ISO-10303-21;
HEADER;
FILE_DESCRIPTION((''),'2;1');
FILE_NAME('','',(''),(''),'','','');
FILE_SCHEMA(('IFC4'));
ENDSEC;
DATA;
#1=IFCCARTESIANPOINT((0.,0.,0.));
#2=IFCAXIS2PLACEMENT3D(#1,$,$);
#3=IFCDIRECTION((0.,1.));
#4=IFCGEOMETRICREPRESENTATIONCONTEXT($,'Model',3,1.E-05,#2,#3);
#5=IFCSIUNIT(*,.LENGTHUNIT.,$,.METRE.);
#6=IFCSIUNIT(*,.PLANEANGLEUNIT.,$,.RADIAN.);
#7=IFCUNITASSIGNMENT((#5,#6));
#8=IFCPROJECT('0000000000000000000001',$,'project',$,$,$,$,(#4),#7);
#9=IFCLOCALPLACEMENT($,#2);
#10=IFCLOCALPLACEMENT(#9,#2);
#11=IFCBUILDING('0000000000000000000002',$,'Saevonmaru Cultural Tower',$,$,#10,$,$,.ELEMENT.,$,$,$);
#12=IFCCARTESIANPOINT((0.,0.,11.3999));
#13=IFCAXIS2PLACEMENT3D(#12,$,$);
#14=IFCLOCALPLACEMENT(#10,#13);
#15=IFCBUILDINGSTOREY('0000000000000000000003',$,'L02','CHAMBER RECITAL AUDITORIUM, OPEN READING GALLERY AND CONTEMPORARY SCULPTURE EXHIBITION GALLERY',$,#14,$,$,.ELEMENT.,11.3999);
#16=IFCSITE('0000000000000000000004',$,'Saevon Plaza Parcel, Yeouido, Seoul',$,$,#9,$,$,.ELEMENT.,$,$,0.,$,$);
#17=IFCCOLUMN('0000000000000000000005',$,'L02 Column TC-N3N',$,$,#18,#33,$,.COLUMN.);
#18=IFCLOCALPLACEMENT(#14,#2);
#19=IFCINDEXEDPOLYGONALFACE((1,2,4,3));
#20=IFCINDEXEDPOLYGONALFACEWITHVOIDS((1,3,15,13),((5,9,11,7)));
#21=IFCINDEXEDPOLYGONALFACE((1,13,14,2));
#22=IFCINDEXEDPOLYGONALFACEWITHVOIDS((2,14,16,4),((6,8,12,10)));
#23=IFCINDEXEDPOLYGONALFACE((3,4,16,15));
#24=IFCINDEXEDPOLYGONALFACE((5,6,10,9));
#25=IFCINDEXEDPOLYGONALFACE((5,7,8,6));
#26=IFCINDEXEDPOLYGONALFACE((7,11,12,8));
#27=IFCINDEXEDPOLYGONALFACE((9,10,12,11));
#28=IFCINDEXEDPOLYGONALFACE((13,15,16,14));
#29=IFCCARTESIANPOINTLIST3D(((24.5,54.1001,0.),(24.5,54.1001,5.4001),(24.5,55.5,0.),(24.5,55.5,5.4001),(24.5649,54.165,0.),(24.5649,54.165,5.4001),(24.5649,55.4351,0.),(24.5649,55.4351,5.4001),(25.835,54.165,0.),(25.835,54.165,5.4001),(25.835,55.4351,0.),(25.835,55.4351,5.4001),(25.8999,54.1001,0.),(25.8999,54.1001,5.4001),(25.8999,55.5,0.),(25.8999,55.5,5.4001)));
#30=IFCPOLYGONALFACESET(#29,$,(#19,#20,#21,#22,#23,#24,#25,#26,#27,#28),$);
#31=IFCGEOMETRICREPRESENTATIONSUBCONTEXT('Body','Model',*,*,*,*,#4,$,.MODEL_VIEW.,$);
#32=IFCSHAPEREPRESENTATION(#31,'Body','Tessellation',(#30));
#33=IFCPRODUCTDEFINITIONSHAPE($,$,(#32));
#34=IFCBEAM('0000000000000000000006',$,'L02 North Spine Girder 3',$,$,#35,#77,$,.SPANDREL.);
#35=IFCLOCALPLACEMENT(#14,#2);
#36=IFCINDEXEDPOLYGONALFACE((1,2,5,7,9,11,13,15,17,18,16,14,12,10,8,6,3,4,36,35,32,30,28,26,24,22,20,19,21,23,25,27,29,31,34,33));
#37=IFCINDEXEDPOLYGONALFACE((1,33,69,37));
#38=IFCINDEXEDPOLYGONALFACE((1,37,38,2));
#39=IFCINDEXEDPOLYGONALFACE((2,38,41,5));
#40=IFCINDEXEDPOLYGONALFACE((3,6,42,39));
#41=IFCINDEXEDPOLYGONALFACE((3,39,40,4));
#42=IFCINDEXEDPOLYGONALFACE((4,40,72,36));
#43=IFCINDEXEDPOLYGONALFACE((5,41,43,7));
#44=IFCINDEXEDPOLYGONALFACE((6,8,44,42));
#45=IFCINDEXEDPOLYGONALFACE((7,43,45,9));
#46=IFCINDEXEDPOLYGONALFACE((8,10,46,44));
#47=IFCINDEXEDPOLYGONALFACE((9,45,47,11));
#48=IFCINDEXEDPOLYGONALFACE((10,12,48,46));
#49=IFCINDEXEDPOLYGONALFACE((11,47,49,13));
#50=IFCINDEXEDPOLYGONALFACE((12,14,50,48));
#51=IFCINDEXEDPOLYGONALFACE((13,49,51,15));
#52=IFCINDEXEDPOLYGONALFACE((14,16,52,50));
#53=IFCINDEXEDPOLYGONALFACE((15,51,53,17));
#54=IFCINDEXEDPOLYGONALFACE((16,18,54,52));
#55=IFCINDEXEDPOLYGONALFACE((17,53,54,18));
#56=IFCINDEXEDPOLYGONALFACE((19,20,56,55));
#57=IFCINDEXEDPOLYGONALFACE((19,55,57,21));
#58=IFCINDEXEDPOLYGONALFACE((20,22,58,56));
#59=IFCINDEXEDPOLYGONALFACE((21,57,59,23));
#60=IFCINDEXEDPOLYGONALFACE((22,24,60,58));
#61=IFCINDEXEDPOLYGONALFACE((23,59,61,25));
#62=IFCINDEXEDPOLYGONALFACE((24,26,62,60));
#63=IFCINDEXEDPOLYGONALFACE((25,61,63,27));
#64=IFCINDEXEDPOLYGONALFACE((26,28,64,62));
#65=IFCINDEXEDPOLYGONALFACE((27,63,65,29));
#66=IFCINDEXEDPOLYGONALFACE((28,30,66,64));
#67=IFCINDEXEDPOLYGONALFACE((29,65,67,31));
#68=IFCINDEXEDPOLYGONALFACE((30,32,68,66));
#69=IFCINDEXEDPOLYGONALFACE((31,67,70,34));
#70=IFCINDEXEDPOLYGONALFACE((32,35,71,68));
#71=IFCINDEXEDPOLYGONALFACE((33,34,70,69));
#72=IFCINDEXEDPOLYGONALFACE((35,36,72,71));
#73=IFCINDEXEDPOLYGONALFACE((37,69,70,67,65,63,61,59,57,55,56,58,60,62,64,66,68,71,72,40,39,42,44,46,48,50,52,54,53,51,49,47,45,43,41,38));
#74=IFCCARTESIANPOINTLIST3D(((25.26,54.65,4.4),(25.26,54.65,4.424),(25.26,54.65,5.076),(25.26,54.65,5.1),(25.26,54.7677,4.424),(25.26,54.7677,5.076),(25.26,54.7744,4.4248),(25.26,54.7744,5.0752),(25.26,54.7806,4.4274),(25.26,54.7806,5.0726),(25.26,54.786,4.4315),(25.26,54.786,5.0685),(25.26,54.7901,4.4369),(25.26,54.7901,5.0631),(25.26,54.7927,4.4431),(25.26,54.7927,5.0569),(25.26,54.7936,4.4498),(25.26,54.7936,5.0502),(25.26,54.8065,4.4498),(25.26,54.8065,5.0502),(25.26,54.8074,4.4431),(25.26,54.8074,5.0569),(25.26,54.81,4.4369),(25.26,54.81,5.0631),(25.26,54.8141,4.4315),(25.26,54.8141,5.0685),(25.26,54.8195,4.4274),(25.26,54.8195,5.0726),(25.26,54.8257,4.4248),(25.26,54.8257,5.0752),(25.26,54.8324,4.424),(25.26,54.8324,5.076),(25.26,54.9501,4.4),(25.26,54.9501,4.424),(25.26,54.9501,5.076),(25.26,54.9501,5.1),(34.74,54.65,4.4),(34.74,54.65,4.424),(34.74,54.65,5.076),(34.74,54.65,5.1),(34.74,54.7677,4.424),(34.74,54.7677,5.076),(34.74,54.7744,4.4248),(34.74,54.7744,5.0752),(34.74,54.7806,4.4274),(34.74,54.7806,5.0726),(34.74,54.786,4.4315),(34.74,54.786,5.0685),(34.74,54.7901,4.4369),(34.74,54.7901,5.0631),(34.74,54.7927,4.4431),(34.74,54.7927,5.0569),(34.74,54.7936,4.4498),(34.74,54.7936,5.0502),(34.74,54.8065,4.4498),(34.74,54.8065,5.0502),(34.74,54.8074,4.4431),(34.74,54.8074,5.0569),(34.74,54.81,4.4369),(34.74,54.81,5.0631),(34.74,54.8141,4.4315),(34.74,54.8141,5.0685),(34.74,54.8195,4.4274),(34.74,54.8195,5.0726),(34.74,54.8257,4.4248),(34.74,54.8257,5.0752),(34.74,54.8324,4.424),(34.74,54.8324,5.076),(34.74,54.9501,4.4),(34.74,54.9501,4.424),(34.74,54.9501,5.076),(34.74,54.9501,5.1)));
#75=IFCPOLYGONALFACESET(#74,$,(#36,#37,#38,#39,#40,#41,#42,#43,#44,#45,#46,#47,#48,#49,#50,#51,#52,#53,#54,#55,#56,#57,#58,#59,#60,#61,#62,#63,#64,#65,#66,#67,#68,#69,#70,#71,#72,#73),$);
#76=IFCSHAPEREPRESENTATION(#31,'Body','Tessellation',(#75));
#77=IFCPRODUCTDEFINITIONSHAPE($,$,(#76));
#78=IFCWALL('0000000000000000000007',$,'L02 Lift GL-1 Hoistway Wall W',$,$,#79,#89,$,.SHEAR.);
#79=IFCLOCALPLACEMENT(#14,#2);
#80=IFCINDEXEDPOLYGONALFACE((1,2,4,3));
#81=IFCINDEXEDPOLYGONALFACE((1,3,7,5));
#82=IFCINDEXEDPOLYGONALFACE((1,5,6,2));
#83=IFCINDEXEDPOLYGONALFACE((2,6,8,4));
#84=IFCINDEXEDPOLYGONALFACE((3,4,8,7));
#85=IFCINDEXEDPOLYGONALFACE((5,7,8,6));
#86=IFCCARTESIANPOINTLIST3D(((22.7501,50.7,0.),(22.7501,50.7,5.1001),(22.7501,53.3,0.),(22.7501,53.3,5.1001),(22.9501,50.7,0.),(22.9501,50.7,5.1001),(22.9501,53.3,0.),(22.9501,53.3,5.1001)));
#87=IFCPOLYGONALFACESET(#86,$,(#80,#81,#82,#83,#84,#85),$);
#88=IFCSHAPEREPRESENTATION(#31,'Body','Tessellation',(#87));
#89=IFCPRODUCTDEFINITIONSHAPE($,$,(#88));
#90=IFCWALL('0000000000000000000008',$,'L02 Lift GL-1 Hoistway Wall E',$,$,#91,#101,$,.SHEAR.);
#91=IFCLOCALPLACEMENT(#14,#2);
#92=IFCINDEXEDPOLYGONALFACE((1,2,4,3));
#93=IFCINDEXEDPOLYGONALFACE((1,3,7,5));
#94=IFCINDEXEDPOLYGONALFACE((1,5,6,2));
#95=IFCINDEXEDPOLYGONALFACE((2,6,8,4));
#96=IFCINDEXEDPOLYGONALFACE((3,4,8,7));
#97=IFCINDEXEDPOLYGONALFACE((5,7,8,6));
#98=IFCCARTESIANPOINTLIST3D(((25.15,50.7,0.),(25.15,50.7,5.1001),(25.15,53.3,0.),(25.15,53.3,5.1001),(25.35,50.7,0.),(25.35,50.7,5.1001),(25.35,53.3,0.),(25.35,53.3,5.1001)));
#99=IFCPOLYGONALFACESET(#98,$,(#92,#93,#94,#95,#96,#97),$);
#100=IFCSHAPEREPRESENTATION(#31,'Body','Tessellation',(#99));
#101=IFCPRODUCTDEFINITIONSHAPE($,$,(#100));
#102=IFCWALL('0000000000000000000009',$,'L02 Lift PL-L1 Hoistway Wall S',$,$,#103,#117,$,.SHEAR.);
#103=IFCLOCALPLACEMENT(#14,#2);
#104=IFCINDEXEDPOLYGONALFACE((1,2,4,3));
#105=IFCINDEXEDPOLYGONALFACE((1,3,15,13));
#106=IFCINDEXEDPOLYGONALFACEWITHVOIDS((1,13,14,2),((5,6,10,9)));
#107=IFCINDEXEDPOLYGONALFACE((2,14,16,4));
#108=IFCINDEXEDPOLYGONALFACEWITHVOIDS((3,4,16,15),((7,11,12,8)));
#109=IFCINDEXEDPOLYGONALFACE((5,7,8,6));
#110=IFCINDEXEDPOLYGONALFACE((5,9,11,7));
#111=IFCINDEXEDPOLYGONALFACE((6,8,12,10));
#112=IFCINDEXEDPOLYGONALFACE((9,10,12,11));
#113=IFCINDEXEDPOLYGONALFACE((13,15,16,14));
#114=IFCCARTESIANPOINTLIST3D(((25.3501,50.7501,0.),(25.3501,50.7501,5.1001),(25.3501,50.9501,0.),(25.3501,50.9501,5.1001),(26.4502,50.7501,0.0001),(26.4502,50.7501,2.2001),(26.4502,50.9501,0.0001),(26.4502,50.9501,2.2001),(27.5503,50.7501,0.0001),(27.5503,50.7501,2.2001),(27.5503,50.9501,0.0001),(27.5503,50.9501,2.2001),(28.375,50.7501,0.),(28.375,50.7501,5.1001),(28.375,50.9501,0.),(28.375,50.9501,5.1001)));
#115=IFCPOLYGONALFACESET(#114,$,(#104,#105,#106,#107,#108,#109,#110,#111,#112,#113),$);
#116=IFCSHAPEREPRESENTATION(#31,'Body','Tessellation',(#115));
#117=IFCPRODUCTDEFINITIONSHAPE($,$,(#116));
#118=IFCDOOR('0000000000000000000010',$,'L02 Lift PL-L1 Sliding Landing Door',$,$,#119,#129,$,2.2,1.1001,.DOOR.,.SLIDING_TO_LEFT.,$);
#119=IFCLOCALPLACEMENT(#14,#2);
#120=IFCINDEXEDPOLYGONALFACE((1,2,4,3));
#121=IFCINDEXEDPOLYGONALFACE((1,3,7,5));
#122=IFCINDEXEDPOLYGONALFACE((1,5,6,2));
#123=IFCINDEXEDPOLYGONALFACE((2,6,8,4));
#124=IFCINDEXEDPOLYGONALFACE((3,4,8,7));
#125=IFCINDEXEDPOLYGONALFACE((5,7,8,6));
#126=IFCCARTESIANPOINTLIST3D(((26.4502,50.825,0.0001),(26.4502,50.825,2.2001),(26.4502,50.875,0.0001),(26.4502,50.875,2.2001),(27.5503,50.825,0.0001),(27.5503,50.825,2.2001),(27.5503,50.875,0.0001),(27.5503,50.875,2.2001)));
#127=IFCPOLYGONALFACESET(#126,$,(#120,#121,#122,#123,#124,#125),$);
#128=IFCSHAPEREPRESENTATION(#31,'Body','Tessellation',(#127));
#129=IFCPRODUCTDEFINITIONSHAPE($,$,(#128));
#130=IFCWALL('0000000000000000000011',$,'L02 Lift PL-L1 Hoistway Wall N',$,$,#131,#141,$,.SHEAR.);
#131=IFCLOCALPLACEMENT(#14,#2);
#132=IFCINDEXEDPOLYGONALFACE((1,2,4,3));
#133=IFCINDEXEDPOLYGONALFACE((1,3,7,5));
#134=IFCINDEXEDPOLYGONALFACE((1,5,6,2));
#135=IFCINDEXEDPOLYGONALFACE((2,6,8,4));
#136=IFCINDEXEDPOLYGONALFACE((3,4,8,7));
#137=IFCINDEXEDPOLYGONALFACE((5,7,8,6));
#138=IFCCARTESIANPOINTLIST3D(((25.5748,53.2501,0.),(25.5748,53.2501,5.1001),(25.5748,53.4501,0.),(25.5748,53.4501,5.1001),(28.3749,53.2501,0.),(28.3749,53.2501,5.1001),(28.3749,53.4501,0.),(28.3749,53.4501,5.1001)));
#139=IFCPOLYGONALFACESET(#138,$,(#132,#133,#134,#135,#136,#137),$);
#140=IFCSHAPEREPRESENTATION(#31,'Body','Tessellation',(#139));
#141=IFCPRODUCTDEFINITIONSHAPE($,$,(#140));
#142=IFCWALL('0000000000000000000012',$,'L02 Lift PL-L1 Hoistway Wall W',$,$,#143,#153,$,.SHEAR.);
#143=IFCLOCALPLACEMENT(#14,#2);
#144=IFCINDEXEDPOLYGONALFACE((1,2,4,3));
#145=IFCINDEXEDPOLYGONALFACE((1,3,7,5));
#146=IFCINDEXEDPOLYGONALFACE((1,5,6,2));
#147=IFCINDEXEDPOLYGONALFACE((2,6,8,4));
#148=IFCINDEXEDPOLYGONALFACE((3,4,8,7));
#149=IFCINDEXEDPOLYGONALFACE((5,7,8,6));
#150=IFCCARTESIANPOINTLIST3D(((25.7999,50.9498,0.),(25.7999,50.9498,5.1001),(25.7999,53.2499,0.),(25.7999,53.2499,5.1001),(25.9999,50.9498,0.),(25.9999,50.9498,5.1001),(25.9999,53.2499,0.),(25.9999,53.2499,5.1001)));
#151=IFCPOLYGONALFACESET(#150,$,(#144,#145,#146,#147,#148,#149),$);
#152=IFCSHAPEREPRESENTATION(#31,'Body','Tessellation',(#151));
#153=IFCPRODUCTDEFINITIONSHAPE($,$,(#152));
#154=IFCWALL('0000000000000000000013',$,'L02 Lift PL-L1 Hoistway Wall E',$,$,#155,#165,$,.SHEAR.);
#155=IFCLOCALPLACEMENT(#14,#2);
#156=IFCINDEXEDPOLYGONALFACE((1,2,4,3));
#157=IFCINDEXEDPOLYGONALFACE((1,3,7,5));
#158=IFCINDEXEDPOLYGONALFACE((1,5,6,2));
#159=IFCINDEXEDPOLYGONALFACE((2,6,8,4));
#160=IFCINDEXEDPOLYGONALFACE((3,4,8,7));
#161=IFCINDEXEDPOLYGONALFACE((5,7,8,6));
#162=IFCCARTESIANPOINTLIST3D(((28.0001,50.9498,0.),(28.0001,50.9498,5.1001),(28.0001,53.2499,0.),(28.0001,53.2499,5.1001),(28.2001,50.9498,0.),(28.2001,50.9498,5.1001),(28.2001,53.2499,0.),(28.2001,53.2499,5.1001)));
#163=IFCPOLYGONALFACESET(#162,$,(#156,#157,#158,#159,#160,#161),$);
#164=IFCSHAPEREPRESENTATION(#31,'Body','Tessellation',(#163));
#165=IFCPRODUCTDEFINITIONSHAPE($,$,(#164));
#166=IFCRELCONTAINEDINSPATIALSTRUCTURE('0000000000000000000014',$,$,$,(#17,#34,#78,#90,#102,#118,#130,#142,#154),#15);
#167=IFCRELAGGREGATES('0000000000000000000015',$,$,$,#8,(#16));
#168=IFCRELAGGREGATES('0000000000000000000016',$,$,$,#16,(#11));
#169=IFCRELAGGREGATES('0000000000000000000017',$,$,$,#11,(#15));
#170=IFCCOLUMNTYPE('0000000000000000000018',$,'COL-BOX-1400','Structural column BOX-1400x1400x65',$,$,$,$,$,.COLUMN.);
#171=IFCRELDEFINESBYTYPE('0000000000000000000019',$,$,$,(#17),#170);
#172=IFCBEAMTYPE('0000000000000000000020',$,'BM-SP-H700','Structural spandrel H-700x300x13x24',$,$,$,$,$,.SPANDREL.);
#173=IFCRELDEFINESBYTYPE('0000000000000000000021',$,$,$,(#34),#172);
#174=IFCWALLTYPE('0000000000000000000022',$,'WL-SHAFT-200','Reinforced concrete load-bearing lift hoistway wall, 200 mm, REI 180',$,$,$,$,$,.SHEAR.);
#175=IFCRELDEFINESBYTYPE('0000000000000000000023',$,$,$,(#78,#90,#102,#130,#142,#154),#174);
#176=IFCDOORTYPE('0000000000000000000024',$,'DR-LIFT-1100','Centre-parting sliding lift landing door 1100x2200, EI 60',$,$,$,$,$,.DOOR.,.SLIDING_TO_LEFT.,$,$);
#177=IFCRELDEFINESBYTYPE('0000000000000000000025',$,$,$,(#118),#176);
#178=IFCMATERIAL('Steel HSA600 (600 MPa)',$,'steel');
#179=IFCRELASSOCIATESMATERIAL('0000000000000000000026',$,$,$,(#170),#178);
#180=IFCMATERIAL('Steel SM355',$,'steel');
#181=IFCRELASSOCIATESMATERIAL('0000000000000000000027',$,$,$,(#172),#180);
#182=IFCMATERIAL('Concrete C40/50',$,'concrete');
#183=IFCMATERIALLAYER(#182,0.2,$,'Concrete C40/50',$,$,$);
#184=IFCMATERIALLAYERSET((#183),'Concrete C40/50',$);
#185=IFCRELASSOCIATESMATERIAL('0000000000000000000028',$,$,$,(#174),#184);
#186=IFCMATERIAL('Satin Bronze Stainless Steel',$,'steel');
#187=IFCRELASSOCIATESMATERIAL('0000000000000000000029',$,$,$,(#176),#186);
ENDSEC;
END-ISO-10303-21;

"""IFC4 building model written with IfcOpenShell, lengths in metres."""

from ifc_helpers import new_model, si_unit, direction, frame, frame_2d, origin, origin_2d, place, context, subcontext, project, spatial, rectangle, hollow_rectangle, i_section, extrude, material, layer, layer_set, material_profile, profile_set, type_object, element, fill, save


model = new_model("IFC4")

# Units and contexts
model_context = context("Model", 3, precision=1e-05, world=origin(), true_north=direction((0.0, 1.0)))
body_context = subcontext(model_context, "Body", "Model", "MODEL_VIEW")
ifc_project = project(units=[si_unit("LENGTHUNIT", "METRE"), si_unit("PLANEANGLEUNIT", "RADIAN")], contexts=[model_context])

# Site, building, storey
site_placement = place(None, origin())
site = spatial("IfcSite", under=ifc_project, at=site_placement, Name="Saevon Plaza Parcel, Yeouido, Seoul", CompositionType="ELEMENT", RefElevation=0.0)
building_placement = place(site_placement, origin())
building = spatial("IfcBuilding", under=site, at=building_placement, Name="Saevonmaru Cultural Tower", CompositionType="ELEMENT")
storey_placement = place(building_placement, frame((0.0, 0.0, 11.3999)))
storey = spatial("IfcBuildingStorey", under=building, at=storey_placement, Name="L02", Description="CHAMBER RECITAL AUDITORIUM, OPEN READING GALLERY AND CONTEMPORARY SCULPTURE EXHIBITION GALLERY", CompositionType="ELEMENT", Elevation=11.3999)

# Column
ifc_material_1 = material(Name="Steel HSA600 (600 MPa)", Category="steel")
ifc_material_profile_1 = material_profile(ifc_material_1, hollow_rectangle(XDim=1.3999, YDim=1.3999, WallThickness=0.0649, at=origin_2d()), Name="BOX-1400x1400x65")
ifc_profile_set_1 = profile_set([ifc_material_profile_1], Name="Steel HSA600 (600 MPa)")
column_type = type_object("IfcColumnType", Name="COL-BOX-1400", Description="Structural column BOX-1400x1400x65", PredefinedType="COLUMN", material=ifc_profile_set_1)
column_placement = place(storey_placement, frame((25.2, 54.8, 0.0), z_axis=(0.0, 0.0, 1.0), x_axis=(1.0, 0.0, 0.0)))
element("IfcColumn", 1, at=column_placement, inside=storey, type_object=column_type, Name="L02 Column TC-N3N", PredefinedType="COLUMN", context=body_context, shape_type="SweptSolid", body=[
    extrude(hollow_rectangle(XDim=1.3999, YDim=1.3999, WallThickness=0.0649, at=origin_2d()), origin(), (0.0, 0.0, 1.0), 5.4001),
])

# Beam
ifc_material_2 = material(Name="Steel SM355", Category="steel")
ifc_material_profile_2 = material_profile(ifc_material_2, i_section(OverallWidth=0.3, OverallDepth=0.7, WebThickness=0.0129, FlangeThickness=0.0239, FilletRadius=0.0259, at=origin_2d()), Name="H-700x300x13x24")
ifc_profile_set_2 = profile_set([ifc_material_profile_2], Name="Steel SM355")
beam_type = type_object("IfcBeamType", Name="BM-SP-H700", Description="Structural spandrel H-700x300x13x24", PredefinedType="SPANDREL", material=ifc_profile_set_2)
beam_placement = place(storey_placement, frame((25.26, 54.8, 4.75), z_axis=(1.0, 0.0, 0.0), x_axis=(0.0, 1.0, 0.0)))
element("IfcBeam", 2, at=beam_placement, inside=storey, type_object=beam_type, Name="L02 North Spine Girder 3", PredefinedType="SPANDREL", context=body_context, shape_type="SweptSolid", body=[
    extrude(i_section(OverallWidth=0.3, OverallDepth=0.7, WebThickness=0.0129, FlangeThickness=0.0239, FilletRadius=0.0259, at=origin_2d()), origin(), (0.0, 0.0, 1.0), 9.48),
])

# Walls
ifc_material_3 = material(Name="Concrete C40/50", Category="concrete")
ifc_layer = layer(ifc_material_3, 0.2, Name="Concrete C40/50")
ifc_layer_set = layer_set([ifc_layer], Name="Concrete C40/50")
wall_type = type_object("IfcWallType", Name="WL-SHAFT-200", Description="Reinforced concrete load-bearing lift hoistway wall, 200 mm, REI 180", PredefinedType="SHEAR", material=ifc_layer_set)
for number, where, z_axis, x_axis, name in (
    (3, (22.8501, 50.7, 0.0), (0.0, 0.0, 1.0), (0.0, 1.0, 0.0), "L02 Lift GL-1 Hoistway Wall W"),
    (4, (25.25, 50.7, 0.0), (0.0, 0.0, 1.0), (0.0, 1.0, 0.0), "L02 Lift GL-1 Hoistway Wall E"),
):
    element("IfcWall", number, at=place(storey_placement, frame(where, z_axis=z_axis, x_axis=x_axis)), inside=storey, type_object=wall_type, Name=name, PredefinedType="SHEAR", context=body_context, shape_type="SweptSolid", body=[
        extrude(rectangle(XDim=2.6001, YDim=0.2, at=frame_2d((1.3, 0.0))), origin(), (0.0, 0.0, 1.0), 5.1001),
    ])

# Wall, opening, door
wall_1_placement = place(storey_placement, frame((25.3501, 50.8501, 0.0), z_axis=(0.0, 0.0, 1.0), x_axis=(1.0, 0.0, 0.0)))
wall_1 = element("IfcWall", 5, at=wall_1_placement, inside=storey, type_object=wall_type, Name="L02 Lift PL-L1 Hoistway Wall S", PredefinedType="SHEAR", context=body_context, shape_type="SweptSolid", body=[
    extrude(rectangle(XDim=3.0249, YDim=0.2, at=frame_2d((1.5125, 0.0))), origin(), (0.0, 0.0, 1.0), 5.1001),
])
opening_1_placement = place(wall_1_placement, frame((1.1001, 0.0, 0.0)))
opening_1 = element("IfcOpeningElement", 6, at=opening_1_placement, cuts=wall_1, PredefinedType="OPENING", context=body_context, shape_type="SweptSolid", body=[
    extrude(rectangle(XDim=1.1001, YDim=2.2, at=frame_2d((0.55, 1.1001))), frame((0.0, 0.1099, 0.0), z_axis=(0.0, -1.0, 0.0), x_axis=(1.0, 0.0, 0.0)), (0.0, 0.0, 1.0), 0.22),
])
ifc_material_4 = material(Name="Satin Bronze Stainless Steel", Category="steel")
door_type = type_object("IfcDoorType", Name="DR-LIFT-1100", Description="Centre-parting sliding lift landing door 1100x2200, EI 60", OperationType="SLIDING_TO_LEFT", PredefinedType="DOOR", material=ifc_material_4)
door_1_placement = place(opening_1_placement, origin())
door_1 = element("IfcDoor", 7, at=door_1_placement, inside=storey, type_object=door_type, Name="L02 Lift PL-L1 Sliding Landing Door", OperationType="SLIDING_TO_LEFT", OverallHeight=2.2, OverallWidth=1.1001, PredefinedType="DOOR", context=body_context, shape_type="SweptSolid", body=[
    extrude(rectangle(XDim=1.1001, YDim=2.2, at=frame_2d((0.55, 1.1001))), frame((0.0, 0.0249, 0.0), z_axis=(0.0, -1.0, 0.0), x_axis=(1.0, 0.0, 0.0)), (0.0, 0.0, 1.0), 0.05),
])
fill(opening_1, door_1)

# Walls
wall_2_placement = place(storey_placement, frame((25.575, 53.3501, 0.0), z_axis=(0.0, 0.0, 1.0), x_axis=(1.0, 0.0, 0.0)))
element("IfcWall", 8, at=wall_2_placement, inside=storey, type_object=wall_type, Name="L02 Lift PL-L1 Hoistway Wall N", PredefinedType="SHEAR", context=body_context, shape_type="SweptSolid", body=[
    extrude(rectangle(XDim=2.8, YDim=0.2, at=frame_2d((1.3999, 0.0))), origin(), (0.0, 0.0, 1.0), 5.1001),
])
for number, where, z_axis, x_axis, name in (
    (9, (25.8999, 50.95, 0.0), (0.0, 0.0, 1.0), (0.0, 1.0, 0.0), "L02 Lift PL-L1 Hoistway Wall W"),
    (10, (28.1001, 50.95, 0.0), (0.0, 0.0, 1.0), (0.0, 1.0, 0.0), "L02 Lift PL-L1 Hoistway Wall E"),
):
    element("IfcWall", number, at=place(storey_placement, frame(where, z_axis=z_axis, x_axis=x_axis)), inside=storey, type_object=wall_type, Name=name, PredefinedType="SHEAR", context=body_context, shape_type="SweptSolid", body=[
        extrude(rectangle(XDim=2.3, YDim=0.2, at=frame_2d((1.1499, 0.0))), origin(), (0.0, 0.0, 1.0), 5.1001),
    ])

save(model, "model.ifc")
